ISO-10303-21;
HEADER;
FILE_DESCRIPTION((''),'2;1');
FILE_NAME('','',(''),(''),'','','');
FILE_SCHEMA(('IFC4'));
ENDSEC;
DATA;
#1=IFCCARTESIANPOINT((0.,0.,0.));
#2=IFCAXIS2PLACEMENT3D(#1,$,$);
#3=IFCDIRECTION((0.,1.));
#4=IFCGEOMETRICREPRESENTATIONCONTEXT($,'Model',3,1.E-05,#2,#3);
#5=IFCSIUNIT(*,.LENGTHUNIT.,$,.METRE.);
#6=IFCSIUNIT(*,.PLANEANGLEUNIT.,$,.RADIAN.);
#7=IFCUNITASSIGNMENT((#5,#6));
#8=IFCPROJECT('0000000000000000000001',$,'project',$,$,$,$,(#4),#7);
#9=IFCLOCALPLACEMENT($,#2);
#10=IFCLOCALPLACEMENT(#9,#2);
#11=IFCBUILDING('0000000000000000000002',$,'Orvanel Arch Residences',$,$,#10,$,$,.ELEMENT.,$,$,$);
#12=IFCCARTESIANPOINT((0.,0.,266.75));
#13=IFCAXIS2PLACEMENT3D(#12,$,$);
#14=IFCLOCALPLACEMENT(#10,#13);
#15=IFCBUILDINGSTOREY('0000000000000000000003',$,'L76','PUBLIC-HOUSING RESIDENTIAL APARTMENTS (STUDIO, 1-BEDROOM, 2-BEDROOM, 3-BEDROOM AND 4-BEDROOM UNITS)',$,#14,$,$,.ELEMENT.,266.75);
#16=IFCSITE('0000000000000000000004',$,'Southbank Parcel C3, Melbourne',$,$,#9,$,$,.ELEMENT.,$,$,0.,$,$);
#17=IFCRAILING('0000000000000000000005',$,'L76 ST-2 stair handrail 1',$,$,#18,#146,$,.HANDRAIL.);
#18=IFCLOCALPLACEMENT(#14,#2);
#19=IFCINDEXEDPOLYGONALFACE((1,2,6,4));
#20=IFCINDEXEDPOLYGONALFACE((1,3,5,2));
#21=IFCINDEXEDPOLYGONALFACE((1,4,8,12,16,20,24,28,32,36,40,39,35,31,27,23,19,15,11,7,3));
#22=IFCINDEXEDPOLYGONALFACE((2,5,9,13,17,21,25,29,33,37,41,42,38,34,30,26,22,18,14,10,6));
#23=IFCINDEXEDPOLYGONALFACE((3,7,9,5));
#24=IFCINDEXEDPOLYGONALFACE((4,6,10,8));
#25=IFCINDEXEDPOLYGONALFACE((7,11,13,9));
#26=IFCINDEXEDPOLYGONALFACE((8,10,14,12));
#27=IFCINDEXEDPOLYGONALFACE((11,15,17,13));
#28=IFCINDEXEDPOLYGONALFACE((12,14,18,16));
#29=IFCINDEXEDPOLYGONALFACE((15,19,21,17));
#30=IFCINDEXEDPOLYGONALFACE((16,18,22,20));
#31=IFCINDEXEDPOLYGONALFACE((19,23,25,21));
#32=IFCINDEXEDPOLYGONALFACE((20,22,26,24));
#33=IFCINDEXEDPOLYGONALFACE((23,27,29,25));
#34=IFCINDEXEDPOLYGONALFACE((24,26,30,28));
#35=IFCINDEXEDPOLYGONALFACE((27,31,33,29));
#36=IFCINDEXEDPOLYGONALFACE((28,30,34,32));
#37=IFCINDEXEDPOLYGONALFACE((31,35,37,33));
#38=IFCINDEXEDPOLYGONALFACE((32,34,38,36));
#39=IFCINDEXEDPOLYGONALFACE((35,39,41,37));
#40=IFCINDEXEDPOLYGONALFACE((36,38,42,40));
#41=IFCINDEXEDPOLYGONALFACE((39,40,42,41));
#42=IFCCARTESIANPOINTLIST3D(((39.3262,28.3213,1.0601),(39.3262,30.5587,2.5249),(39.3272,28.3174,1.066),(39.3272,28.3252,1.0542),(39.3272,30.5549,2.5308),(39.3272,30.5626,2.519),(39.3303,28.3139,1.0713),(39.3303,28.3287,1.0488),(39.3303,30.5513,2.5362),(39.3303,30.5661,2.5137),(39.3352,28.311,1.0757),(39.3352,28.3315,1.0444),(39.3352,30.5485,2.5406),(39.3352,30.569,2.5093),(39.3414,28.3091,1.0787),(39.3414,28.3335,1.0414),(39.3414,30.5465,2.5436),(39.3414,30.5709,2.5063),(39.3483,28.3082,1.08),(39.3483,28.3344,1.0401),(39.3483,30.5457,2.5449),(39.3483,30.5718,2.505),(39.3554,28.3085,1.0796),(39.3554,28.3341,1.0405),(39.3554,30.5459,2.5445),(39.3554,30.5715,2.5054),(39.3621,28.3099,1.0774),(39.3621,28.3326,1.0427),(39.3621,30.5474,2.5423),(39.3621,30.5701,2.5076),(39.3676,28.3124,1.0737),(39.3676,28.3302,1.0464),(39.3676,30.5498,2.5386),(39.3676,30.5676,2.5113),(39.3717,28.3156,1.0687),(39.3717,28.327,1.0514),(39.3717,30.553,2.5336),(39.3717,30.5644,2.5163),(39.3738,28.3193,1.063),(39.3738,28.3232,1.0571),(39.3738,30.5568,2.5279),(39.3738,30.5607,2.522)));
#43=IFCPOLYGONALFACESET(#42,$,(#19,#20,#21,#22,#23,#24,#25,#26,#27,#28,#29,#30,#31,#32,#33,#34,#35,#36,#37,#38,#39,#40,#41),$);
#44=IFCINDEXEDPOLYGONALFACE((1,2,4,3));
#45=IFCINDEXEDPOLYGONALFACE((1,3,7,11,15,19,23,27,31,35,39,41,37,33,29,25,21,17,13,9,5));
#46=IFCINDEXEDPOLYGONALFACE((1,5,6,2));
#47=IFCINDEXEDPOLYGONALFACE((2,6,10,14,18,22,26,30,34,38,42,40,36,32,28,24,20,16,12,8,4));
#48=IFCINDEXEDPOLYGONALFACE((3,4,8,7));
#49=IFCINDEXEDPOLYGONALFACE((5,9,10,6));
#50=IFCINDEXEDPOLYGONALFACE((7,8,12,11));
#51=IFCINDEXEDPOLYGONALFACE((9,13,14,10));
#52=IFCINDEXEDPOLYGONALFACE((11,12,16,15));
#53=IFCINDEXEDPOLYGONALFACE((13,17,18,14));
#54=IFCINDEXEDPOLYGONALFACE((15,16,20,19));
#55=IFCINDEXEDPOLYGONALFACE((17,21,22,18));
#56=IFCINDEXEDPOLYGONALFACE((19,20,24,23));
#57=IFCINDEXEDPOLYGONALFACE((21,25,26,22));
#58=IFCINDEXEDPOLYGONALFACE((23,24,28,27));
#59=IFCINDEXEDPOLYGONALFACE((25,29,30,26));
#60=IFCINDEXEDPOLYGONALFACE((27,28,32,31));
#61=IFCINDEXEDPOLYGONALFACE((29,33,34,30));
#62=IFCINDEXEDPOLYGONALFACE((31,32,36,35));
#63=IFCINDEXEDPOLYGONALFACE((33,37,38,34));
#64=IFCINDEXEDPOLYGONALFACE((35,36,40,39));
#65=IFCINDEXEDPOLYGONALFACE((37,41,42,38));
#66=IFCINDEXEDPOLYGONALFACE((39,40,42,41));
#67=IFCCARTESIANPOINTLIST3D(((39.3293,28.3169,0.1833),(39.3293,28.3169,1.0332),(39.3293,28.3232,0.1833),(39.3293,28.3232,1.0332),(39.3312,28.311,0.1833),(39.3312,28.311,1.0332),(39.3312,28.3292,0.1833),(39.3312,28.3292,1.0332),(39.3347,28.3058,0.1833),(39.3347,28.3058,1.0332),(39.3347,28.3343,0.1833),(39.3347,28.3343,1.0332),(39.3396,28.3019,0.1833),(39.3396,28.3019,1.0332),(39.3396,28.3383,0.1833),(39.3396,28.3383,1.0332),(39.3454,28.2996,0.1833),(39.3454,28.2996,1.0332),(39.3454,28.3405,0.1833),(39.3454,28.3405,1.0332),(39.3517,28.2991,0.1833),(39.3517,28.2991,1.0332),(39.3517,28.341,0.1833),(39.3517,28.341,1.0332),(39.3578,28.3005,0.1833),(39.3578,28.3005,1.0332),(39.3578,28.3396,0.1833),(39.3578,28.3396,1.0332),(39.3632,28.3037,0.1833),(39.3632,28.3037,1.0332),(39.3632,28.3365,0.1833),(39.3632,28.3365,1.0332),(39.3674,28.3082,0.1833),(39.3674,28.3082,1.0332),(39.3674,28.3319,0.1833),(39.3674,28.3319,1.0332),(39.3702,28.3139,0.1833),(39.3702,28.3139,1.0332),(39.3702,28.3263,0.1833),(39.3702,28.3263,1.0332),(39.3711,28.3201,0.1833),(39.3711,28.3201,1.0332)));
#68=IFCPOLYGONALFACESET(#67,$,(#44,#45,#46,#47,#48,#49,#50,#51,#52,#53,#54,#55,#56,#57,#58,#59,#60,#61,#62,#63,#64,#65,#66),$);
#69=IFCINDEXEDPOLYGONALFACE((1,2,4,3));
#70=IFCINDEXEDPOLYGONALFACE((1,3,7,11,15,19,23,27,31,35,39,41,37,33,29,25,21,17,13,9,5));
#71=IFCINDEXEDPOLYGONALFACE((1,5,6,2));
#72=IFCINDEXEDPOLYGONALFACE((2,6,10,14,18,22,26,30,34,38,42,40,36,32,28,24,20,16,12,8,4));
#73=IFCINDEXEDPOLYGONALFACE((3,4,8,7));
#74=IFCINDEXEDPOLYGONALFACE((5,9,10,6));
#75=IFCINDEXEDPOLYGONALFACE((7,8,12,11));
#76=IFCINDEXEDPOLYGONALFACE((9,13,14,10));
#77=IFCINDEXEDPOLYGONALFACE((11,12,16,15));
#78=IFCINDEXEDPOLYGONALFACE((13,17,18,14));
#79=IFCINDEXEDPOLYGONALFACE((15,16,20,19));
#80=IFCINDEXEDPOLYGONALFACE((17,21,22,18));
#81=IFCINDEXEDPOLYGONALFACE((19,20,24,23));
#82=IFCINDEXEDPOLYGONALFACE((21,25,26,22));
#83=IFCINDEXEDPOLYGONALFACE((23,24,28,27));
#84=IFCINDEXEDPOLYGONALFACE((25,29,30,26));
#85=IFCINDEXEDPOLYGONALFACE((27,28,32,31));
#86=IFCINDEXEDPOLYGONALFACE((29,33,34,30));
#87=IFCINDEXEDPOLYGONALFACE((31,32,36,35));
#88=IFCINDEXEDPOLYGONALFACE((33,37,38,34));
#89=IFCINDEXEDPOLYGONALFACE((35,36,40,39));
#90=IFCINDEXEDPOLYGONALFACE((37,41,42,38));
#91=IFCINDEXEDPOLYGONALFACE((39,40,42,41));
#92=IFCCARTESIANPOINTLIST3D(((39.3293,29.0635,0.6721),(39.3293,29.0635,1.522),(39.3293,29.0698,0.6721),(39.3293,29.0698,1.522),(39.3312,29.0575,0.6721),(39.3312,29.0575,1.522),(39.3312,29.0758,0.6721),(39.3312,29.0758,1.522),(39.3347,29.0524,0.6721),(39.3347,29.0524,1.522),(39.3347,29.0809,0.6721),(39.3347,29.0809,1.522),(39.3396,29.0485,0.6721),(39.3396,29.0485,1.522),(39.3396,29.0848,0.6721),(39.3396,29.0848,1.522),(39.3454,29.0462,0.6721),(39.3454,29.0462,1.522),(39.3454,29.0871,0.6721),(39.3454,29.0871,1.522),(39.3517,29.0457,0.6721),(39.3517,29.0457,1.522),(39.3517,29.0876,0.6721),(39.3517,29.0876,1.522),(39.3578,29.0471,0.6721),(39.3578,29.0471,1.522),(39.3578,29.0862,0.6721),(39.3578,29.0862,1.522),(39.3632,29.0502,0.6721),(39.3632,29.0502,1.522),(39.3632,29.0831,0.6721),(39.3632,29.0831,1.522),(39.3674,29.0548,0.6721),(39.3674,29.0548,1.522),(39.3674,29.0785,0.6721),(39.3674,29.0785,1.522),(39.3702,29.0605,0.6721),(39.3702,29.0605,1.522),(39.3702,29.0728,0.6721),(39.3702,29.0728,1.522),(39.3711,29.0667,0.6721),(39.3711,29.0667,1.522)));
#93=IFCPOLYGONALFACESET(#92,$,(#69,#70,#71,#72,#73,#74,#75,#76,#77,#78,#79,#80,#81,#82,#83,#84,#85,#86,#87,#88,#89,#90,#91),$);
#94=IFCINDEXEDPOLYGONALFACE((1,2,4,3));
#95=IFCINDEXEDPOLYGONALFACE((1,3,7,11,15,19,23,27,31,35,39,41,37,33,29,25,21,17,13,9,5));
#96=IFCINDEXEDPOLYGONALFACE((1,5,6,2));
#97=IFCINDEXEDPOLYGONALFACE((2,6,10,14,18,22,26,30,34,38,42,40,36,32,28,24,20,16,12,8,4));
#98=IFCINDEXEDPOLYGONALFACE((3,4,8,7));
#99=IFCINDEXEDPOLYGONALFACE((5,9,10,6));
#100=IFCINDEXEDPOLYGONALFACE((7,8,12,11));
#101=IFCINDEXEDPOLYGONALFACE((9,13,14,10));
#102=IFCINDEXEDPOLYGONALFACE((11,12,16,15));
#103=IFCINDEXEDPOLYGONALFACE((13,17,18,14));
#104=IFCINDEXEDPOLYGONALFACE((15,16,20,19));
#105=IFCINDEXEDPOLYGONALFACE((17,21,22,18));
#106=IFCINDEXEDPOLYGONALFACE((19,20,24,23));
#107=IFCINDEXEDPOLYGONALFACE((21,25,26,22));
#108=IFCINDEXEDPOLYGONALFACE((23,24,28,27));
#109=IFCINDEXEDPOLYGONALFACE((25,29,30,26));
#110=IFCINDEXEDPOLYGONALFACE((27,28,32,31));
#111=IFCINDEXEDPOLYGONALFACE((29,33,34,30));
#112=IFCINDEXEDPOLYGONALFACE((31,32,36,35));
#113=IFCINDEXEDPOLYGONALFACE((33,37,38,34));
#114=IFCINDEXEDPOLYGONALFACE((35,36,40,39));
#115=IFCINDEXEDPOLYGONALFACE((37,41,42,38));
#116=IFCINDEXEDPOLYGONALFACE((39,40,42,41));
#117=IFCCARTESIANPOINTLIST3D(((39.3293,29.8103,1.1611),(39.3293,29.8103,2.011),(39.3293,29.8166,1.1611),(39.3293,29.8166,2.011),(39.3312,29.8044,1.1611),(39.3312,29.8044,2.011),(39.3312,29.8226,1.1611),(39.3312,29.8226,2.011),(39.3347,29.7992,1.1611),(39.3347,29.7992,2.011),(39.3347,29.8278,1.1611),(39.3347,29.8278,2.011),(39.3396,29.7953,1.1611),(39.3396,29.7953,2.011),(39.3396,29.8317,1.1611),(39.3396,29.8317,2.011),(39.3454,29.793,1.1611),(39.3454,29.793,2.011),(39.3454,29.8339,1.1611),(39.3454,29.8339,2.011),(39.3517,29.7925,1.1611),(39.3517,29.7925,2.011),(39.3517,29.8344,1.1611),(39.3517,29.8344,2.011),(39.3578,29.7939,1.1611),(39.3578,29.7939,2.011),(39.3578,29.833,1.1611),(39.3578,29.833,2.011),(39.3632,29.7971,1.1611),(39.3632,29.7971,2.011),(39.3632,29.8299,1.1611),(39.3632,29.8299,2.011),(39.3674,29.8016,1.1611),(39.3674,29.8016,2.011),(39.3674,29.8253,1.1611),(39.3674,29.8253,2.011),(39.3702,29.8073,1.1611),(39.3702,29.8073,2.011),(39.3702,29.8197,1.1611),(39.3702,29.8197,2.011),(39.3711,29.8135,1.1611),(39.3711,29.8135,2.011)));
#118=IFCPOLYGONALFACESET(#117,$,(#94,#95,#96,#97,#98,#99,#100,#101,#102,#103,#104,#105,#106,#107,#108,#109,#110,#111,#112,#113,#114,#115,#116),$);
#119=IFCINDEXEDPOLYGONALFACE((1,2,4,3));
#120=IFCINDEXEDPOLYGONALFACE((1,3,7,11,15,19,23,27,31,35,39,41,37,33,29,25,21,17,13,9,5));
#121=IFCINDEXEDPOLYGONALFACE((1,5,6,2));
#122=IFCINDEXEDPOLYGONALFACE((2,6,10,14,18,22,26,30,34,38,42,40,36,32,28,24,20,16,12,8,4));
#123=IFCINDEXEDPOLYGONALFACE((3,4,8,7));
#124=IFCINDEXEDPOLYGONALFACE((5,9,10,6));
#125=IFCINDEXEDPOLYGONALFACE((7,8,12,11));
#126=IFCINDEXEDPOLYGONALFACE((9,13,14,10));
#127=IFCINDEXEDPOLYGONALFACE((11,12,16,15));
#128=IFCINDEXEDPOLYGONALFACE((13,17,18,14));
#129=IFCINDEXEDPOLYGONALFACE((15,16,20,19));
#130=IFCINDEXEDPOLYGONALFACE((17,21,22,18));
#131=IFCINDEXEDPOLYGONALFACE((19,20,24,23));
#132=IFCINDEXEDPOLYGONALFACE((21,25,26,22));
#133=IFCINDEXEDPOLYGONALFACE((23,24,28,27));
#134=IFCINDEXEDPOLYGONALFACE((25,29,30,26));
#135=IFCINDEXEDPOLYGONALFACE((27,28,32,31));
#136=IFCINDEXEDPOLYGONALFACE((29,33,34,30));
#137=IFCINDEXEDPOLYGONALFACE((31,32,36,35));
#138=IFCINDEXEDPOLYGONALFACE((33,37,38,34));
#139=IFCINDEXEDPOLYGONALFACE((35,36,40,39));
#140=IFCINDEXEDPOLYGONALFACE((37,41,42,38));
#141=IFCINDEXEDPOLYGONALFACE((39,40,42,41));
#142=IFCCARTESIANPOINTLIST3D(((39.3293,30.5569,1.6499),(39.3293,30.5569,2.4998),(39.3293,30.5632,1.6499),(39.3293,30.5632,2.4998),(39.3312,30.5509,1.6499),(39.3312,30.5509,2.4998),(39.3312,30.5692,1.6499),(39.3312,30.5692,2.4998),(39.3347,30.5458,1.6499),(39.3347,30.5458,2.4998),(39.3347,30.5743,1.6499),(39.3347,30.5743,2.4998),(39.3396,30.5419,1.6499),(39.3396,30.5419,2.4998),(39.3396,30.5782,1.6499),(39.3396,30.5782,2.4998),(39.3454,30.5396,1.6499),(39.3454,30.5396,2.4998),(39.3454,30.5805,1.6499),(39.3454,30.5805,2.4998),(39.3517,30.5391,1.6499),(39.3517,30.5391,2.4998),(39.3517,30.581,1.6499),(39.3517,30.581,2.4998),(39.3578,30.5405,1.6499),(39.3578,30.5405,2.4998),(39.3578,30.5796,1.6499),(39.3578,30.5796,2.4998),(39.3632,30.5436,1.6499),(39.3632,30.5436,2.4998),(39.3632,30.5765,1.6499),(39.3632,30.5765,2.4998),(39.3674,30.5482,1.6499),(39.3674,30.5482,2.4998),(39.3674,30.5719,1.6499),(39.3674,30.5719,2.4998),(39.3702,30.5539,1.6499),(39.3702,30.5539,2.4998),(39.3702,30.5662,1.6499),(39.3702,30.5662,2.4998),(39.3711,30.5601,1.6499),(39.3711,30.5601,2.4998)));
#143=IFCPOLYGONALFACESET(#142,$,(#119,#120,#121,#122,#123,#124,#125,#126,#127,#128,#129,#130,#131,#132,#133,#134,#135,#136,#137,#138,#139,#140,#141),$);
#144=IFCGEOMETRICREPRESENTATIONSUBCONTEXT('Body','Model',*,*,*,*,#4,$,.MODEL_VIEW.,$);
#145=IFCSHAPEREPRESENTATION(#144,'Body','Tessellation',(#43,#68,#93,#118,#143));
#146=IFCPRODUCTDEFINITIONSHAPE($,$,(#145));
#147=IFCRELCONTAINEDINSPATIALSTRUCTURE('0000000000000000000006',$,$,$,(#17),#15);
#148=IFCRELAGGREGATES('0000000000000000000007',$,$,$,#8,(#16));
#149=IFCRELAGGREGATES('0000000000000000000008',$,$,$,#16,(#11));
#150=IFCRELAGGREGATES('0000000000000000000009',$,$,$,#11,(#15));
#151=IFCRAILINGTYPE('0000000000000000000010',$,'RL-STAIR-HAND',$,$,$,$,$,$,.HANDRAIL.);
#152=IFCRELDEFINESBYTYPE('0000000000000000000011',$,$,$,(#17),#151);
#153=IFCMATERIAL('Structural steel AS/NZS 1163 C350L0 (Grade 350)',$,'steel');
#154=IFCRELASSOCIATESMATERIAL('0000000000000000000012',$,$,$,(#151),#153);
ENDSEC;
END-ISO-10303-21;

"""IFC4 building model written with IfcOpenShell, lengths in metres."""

from ifc_helpers import new_model, si_unit, direction, frame, origin, origin_2d, place, context, subcontext, project, spatial, circle, extrude, material, type_object, element, save


model = new_model("IFC4")

# Units and contexts
model_context = context("Model", 3, precision=1e-05, world=origin(), true_north=direction((0.0, 1.0)))
body_context = subcontext(model_context, "Body", "Model", "MODEL_VIEW")
ifc_project = project(units=[si_unit("LENGTHUNIT", "METRE"), si_unit("PLANEANGLEUNIT", "RADIAN")], contexts=[model_context])

# Site, building, storey
site_placement = place(None, origin())
site = spatial("IfcSite", under=ifc_project, at=site_placement, Name="Southbank Parcel C3, Melbourne", CompositionType="ELEMENT", RefElevation=0.0)
building_placement = place(site_placement, origin())
building = spatial("IfcBuilding", under=site, at=building_placement, Name="Orvanel Arch Residences", CompositionType="ELEMENT")
storey_placement = place(building_placement, frame((0.0, 0.0, 266.75)))
storey = spatial("IfcBuildingStorey", under=building, at=storey_placement, Name="L76", Description="PUBLIC-HOUSING RESIDENTIAL APARTMENTS (STUDIO, 1-BEDROOM, 2-BEDROOM, 3-BEDROOM AND 4-BEDROOM UNITS)", CompositionType="ELEMENT", Elevation=266.75)

# Railing
ifc_material_1 = material(Name="Structural steel AS/NZS 1163 C350L0 (Grade 350)", Category="steel")
railing_type_1 = type_object("IfcRailingType", Name="RL-STAIR-HAND", PredefinedType="HANDRAIL", material=ifc_material_1)
railing_1_placement = place(storey_placement, frame((39.3501, 28.3201, 0.1833)))
element("IfcRailing", 1, at=railing_1_placement, inside=storey, type_object=railing_type_1, Name="L76 ST-2 stair handrail 1", PredefinedType="HANDRAIL", context=body_context, shape_type="SweptSolid", body=[
    extrude(circle(Radius=0.0239, at=origin_2d()), frame((0.0, 0.0012, 0.8767), z_axis=(0.0, 0.836637, 0.547758), x_axis=(-1.0, 0.0, 0.0)), (0.0, 0.0, 1.0), 2.6743),
    extrude(circle(Radius=0.021, at=origin_2d()), origin(), (0.0, 0.0, 1.0), 0.8499),
    extrude(circle(Radius=0.021, at=origin_2d()), frame((0.0, 0.7466, 0.4888)), (0.0, 0.0, 1.0), 0.8499),
    extrude(circle(Radius=0.021, at=origin_2d()), frame((0.0, 1.4934, 0.9778)), (0.0, 0.0, 1.0), 0.8499),
    extrude(circle(Radius=0.021, at=origin_2d()), frame((0.0, 2.24, 1.4666)), (0.0, 0.0, 1.0), 0.8499),
])

save(model, "model.ifc")
